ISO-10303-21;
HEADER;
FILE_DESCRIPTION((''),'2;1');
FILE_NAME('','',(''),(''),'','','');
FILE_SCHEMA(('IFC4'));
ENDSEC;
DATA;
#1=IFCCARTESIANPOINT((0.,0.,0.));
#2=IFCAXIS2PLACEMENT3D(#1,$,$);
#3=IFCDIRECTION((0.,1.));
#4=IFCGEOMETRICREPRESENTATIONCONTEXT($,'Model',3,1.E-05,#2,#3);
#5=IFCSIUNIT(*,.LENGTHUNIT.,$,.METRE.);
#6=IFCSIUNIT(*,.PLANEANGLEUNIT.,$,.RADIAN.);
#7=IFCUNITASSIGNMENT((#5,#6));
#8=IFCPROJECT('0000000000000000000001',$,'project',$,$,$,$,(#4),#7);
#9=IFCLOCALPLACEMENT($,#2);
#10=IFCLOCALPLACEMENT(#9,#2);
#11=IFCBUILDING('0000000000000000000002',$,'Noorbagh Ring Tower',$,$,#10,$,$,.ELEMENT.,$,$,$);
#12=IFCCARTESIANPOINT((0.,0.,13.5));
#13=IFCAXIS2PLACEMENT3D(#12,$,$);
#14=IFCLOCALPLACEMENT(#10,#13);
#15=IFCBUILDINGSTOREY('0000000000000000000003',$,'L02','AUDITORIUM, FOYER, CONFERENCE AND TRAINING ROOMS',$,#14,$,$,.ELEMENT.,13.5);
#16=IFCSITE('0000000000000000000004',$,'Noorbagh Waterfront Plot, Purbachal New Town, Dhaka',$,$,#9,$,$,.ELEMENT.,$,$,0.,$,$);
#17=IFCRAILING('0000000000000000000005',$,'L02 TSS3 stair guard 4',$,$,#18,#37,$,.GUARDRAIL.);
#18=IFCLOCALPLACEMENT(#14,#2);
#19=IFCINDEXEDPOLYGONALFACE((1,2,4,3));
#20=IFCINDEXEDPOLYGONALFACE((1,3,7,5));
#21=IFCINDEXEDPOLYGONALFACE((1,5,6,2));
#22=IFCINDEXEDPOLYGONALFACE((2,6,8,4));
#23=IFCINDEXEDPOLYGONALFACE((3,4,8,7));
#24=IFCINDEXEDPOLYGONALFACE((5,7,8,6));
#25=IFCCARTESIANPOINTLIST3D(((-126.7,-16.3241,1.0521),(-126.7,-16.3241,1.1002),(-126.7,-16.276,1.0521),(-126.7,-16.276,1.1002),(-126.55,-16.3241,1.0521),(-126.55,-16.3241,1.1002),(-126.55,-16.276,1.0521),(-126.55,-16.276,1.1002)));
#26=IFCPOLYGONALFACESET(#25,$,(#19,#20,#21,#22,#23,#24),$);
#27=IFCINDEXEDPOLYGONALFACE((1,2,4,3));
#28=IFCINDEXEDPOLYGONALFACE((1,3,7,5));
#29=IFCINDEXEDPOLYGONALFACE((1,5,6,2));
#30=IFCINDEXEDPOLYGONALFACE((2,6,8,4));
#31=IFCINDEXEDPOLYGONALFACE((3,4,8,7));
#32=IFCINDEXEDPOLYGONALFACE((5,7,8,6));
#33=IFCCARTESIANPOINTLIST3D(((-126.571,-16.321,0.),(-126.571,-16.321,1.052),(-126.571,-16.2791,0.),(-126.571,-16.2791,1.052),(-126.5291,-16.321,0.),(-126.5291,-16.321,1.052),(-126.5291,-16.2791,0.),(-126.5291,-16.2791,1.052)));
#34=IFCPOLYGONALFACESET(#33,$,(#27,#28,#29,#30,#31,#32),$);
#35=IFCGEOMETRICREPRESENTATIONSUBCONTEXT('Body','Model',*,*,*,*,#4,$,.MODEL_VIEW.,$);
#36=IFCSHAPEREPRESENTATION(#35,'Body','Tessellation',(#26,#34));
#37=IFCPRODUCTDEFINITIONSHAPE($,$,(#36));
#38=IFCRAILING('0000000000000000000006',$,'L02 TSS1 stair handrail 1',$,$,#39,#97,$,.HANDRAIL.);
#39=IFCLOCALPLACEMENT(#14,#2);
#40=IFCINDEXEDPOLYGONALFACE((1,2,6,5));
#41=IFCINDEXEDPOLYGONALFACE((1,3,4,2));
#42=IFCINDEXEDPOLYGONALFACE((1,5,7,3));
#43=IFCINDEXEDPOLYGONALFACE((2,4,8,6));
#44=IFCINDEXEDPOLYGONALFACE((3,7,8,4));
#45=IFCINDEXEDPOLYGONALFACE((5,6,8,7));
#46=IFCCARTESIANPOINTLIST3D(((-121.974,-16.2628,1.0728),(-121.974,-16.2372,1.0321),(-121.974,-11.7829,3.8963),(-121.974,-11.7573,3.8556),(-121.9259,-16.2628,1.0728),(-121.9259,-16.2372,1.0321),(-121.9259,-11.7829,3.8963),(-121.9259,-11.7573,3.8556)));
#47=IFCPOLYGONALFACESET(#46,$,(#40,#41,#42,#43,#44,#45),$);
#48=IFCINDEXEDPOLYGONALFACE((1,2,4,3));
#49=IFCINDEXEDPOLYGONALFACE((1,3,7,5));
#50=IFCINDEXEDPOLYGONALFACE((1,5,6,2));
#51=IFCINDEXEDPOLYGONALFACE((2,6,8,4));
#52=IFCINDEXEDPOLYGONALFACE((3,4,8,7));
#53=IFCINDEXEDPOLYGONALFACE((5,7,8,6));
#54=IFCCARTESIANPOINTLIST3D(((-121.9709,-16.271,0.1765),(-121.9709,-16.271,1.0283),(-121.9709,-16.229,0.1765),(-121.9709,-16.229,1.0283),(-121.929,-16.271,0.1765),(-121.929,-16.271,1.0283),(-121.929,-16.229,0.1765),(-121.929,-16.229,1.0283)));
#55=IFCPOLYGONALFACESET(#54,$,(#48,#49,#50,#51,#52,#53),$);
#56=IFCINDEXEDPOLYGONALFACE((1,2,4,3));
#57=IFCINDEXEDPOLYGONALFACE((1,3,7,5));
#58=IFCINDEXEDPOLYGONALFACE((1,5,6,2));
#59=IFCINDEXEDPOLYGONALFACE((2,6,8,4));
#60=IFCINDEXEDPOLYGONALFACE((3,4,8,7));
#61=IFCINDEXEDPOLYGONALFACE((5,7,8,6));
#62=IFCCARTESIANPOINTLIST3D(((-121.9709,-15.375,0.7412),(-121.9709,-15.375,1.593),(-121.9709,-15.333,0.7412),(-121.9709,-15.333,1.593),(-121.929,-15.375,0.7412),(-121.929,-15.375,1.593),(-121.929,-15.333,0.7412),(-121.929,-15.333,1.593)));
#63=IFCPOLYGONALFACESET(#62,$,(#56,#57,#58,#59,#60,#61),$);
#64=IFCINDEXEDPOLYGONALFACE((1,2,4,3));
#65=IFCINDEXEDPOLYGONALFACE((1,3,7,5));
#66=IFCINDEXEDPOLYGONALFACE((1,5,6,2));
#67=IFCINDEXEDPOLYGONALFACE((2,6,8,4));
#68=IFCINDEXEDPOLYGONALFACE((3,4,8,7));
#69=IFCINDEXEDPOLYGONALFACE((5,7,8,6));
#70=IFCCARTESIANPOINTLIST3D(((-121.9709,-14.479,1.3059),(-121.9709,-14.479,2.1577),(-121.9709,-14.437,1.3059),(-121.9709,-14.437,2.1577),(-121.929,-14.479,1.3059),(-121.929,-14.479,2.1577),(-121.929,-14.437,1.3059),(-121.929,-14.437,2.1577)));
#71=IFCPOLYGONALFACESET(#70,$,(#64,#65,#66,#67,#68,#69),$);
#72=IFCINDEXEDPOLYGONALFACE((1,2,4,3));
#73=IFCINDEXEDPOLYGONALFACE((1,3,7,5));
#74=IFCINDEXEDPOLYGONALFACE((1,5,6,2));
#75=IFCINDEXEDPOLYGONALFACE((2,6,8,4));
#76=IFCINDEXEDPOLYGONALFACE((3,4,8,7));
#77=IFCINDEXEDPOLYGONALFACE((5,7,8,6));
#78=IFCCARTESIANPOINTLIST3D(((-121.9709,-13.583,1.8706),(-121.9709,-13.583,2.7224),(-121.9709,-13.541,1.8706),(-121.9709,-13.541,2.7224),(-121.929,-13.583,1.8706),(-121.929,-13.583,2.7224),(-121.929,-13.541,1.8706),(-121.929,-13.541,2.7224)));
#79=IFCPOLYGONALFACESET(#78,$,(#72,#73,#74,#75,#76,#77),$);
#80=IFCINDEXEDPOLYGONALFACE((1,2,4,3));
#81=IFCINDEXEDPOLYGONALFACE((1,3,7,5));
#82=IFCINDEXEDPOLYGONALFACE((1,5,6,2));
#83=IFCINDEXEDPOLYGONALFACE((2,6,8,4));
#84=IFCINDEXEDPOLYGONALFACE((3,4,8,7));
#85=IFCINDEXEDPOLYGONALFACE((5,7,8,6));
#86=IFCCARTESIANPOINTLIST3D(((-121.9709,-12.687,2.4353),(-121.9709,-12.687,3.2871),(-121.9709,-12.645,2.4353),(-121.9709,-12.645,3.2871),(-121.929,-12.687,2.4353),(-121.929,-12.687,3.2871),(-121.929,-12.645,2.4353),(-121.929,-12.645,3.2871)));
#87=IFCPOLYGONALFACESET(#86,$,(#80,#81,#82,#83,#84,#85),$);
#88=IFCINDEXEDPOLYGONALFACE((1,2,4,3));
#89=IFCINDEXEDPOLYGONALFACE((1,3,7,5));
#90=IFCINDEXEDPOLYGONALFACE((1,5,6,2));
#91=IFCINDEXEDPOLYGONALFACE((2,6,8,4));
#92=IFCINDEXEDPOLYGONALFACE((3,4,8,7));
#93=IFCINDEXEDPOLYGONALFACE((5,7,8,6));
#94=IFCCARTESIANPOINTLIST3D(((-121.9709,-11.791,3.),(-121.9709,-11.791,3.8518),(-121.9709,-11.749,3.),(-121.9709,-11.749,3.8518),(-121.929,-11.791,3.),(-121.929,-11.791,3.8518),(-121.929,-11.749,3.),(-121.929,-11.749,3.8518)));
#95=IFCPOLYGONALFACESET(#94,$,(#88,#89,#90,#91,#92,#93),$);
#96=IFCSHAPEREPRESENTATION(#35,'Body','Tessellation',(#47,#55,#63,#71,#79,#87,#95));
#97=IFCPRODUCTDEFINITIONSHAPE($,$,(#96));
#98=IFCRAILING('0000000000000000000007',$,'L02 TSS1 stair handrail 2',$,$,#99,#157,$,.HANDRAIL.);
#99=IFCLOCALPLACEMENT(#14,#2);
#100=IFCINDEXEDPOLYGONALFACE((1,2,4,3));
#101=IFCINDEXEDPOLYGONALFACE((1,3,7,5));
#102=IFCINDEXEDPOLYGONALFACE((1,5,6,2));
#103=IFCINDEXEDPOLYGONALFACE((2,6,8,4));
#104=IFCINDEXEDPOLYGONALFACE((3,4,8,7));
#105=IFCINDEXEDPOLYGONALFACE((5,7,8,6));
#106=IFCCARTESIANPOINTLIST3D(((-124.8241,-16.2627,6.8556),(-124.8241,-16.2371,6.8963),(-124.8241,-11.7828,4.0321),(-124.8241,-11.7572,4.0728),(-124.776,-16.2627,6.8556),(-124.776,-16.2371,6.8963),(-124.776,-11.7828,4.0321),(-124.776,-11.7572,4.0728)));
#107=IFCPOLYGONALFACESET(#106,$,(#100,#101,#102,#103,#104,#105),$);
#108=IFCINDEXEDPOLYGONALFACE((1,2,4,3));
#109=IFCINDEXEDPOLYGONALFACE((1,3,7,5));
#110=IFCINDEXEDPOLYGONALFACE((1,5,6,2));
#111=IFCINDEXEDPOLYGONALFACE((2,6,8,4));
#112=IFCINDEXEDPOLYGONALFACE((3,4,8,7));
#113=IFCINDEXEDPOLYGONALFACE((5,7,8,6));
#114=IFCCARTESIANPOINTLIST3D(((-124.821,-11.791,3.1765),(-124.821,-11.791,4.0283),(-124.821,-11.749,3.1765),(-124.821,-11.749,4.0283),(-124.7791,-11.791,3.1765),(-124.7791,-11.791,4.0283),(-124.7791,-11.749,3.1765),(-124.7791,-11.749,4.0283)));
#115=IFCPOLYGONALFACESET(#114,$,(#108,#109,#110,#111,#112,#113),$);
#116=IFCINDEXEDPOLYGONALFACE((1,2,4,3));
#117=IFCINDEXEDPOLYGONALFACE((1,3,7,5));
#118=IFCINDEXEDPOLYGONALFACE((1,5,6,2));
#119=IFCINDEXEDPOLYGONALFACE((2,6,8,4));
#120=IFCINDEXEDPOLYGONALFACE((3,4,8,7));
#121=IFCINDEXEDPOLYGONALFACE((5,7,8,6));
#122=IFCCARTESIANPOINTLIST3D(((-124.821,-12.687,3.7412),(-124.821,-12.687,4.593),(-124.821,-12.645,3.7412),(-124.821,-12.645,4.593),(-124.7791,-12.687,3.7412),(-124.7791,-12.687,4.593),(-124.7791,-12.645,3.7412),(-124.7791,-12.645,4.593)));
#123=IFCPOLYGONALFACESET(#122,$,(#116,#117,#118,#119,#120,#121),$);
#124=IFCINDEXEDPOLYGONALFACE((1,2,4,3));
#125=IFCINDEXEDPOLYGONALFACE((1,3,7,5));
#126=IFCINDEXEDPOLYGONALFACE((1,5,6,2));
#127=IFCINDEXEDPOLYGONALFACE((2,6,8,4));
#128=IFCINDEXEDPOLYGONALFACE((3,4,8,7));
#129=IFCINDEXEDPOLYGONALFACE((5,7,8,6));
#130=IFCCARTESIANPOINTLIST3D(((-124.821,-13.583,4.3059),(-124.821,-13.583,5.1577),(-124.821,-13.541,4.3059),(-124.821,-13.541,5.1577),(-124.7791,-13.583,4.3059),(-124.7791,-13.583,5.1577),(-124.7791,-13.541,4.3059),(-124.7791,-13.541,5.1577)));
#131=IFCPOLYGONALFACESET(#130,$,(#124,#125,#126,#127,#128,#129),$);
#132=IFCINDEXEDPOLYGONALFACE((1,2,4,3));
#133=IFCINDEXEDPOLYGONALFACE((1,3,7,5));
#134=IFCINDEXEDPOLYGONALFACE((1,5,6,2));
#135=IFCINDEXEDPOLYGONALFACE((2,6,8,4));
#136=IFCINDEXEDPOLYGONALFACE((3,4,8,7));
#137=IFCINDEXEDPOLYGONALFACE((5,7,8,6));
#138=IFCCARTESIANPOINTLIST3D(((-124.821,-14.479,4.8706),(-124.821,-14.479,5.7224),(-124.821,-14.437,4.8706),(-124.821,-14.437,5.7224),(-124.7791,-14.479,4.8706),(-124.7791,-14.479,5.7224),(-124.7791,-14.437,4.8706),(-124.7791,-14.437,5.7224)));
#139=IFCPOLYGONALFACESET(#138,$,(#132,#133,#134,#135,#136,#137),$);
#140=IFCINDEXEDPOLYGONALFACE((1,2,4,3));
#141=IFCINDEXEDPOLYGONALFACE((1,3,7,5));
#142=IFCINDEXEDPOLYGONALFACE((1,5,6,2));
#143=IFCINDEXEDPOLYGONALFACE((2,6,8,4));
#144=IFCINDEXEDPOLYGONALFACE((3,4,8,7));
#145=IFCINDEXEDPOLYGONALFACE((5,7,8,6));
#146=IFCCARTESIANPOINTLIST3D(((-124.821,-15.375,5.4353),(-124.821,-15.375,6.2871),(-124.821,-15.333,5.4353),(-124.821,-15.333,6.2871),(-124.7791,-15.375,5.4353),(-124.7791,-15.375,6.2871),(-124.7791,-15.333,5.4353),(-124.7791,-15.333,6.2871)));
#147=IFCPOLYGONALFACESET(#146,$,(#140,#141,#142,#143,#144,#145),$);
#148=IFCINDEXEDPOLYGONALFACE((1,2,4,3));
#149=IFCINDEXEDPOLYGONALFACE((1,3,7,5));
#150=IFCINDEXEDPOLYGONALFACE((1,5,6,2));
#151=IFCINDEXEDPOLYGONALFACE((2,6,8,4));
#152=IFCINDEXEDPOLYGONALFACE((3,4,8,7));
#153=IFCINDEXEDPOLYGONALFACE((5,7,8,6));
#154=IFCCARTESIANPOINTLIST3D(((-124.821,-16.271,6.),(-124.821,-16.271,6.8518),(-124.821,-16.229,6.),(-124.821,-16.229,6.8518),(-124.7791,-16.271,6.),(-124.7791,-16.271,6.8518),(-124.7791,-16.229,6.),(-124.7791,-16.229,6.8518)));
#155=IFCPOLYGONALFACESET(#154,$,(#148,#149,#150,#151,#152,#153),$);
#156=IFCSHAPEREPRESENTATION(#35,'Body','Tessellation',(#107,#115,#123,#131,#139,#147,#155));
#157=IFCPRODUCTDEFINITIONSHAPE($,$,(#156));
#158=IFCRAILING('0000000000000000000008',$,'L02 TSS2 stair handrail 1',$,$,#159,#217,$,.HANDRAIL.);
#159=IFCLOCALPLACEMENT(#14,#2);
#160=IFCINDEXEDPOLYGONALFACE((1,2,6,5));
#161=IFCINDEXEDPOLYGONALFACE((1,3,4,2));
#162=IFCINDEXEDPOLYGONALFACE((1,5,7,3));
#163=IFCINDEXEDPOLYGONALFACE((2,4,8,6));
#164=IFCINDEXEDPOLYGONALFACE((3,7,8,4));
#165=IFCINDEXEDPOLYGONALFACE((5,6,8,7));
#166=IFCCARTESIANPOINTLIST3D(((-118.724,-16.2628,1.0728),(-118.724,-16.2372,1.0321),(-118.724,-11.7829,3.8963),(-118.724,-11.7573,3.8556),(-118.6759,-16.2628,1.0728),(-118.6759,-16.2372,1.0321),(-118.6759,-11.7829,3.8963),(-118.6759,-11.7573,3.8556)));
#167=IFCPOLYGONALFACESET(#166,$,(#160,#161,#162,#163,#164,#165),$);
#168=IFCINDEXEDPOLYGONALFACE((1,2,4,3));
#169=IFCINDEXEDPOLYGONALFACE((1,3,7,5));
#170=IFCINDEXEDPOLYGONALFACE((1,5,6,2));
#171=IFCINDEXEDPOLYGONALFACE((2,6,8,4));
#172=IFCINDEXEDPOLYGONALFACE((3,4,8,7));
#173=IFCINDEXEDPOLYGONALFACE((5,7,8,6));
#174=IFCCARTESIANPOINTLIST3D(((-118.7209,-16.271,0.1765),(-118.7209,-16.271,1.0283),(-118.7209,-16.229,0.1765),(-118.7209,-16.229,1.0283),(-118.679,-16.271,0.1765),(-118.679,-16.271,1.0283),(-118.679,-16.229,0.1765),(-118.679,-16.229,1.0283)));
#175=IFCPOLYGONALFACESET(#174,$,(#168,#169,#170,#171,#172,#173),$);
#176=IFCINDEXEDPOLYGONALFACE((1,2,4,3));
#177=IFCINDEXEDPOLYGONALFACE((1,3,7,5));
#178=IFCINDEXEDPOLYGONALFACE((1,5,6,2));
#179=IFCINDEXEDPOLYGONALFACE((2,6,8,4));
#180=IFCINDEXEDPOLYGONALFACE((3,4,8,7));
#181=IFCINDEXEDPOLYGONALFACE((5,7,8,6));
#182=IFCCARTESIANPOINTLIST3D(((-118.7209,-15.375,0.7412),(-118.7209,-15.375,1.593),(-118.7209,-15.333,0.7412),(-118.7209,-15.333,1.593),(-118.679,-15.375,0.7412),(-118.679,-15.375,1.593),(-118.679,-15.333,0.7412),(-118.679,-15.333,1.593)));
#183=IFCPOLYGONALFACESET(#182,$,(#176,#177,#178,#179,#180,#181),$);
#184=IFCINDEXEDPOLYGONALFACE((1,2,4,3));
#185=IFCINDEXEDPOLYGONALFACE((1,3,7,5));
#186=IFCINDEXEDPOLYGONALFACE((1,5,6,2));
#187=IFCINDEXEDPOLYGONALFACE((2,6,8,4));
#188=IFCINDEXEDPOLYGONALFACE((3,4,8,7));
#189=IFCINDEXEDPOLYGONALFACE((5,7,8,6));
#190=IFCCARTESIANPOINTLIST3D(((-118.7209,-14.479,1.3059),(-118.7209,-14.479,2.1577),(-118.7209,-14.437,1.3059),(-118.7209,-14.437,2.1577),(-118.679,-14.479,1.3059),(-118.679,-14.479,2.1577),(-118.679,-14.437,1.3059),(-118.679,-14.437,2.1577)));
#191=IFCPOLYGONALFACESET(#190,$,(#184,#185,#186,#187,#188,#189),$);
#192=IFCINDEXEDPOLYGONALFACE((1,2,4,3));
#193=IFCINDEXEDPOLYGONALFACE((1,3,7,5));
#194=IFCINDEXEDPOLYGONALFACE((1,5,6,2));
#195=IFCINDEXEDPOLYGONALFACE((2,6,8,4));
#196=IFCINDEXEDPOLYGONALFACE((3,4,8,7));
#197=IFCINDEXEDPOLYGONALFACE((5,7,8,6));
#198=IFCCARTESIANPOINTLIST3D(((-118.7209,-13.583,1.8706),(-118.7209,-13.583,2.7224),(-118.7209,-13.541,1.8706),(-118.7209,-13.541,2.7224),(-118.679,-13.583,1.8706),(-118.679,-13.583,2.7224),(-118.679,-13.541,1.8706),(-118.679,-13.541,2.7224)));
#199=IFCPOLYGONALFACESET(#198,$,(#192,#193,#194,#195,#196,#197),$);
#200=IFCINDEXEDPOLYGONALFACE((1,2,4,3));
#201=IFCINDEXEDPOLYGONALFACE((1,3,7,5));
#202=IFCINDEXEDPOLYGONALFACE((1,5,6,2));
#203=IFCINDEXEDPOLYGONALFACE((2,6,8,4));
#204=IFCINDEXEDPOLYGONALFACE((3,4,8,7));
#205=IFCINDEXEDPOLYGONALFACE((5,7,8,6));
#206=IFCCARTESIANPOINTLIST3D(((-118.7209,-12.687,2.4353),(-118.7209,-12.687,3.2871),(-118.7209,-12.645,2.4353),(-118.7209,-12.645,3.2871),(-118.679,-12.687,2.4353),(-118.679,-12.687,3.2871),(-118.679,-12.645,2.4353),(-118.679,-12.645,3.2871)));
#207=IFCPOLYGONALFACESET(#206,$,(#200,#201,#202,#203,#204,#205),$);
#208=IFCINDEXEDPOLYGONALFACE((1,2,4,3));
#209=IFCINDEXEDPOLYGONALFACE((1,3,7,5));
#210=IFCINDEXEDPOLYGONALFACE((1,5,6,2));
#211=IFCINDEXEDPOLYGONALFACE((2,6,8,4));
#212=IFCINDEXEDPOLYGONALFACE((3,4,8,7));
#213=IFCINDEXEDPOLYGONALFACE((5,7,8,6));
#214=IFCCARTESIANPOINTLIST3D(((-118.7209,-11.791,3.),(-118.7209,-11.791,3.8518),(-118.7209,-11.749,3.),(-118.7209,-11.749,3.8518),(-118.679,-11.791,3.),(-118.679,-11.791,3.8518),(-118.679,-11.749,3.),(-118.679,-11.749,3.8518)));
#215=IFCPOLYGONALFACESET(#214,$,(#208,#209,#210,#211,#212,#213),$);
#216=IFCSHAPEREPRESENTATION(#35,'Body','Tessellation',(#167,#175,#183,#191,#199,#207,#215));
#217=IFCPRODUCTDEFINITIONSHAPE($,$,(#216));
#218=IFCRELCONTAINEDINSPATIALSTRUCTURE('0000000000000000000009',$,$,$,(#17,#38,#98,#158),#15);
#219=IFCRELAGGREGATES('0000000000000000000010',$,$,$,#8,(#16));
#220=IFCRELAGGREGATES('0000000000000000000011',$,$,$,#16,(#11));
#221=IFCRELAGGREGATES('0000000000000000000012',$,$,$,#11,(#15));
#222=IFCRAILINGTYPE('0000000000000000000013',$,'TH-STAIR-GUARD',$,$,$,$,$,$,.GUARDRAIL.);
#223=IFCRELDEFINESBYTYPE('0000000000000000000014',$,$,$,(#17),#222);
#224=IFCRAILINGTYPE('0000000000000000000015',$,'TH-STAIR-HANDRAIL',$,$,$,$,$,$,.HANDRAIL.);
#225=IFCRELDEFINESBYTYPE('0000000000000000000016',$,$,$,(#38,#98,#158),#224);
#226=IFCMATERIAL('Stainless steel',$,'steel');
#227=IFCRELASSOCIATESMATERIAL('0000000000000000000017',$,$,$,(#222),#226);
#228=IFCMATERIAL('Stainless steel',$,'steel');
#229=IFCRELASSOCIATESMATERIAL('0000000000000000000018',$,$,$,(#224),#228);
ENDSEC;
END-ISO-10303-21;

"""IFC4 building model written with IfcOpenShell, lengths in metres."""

from ifc_helpers import new_model, si_unit, direction, frame, origin, origin_2d, place, context, subcontext, project, spatial, rectangle, extrude, material, type_object, element, save


model = new_model("IFC4")

# Units and contexts
model_context = context("Model", 3, precision=1e-05, world=origin(), true_north=direction((0.0, 1.0)))
body_context = subcontext(model_context, "Body", "Model", "MODEL_VIEW")
ifc_project = project(units=[si_unit("LENGTHUNIT", "METRE"), si_unit("PLANEANGLEUNIT", "RADIAN")], contexts=[model_context])

# Site, building, storey
site_placement = place(None, origin())
site = spatial("IfcSite", under=ifc_project, at=site_placement, Name="Noorbagh Waterfront Plot, Purbachal New Town, Dhaka", CompositionType="ELEMENT", RefElevation=0.0)
building_placement = place(site_placement, origin())
building = spatial("IfcBuilding", under=site, at=building_placement, Name="Noorbagh Ring Tower", CompositionType="ELEMENT")
storey_placement = place(building_placement, frame((0.0, 0.0, 13.5)))
storey = spatial("IfcBuildingStorey", under=building, at=storey_placement, Name="L02", Description="AUDITORIUM, FOYER, CONFERENCE AND TRAINING ROOMS", CompositionType="ELEMENT", Elevation=13.5)

# Railings
ifc_material_1 = material(Name="Stainless steel", Category="steel")
railing_type_1 = type_object("IfcRailingType", Name="TH-STAIR-GUARD", PredefinedType="GUARDRAIL", material=ifc_material_1)
railing_1_placement = place(storey_placement, frame((-126.55, -16.3, 0.0)))
element("IfcRailing", 1, at=railing_1_placement, inside=storey, type_object=railing_type_1, Name="L02 TSS3 stair guard 4", PredefinedType="GUARDRAIL", context=body_context, shape_type="SweptSolid", body=[
    extrude(rectangle(XDim=0.0481, YDim=0.0481, at=origin_2d()), frame((0.0, 0.0, 1.0762), z_axis=(-1.0, 0.0, 0.0), x_axis=(0.0, -1.0, 0.0)), (0.0, 0.0, 1.0), 0.1499),
    extrude(rectangle(XDim=0.042, YDim=0.042, at=origin_2d()), origin(), (0.0, 0.0, 1.0), 1.052),
])
ifc_material_2 = material(Name="Stainless steel", Category="steel")
railing_type_2 = type_object("IfcRailingType", Name="TH-STAIR-HANDRAIL", PredefinedType="HANDRAIL", material=ifc_material_2)
railing_2_placement = place(storey_placement, frame((-121.95, -16.25, 0.1765)))
element("IfcRailing", 2, at=railing_2_placement, inside=storey, type_object=railing_type_2, Name="L02 TSS1 stair handrail 1", PredefinedType="HANDRAIL", context=body_context, shape_type="SweptSolid", body=[
    extrude(rectangle(XDim=0.0481, YDim=0.0481, at=origin_2d()), frame((0.0, 0.0, 0.876), z_axis=(0.0, 0.845998, 0.533186), x_axis=(-1.0, 0.0, 0.0)), (0.0, 0.0, 1.0), 5.2954),
    extrude(rectangle(XDim=0.042, YDim=0.042, at=origin_2d()), origin(), (0.0, 0.0, 1.0), 0.8518),
    extrude(rectangle(XDim=0.042, YDim=0.042, at=origin_2d()), frame((0.0, 0.896, 0.5647)), (0.0, 0.0, 1.0), 0.8518),
    extrude(rectangle(XDim=0.042, YDim=0.042, at=origin_2d()), frame((0.0, 1.792, 1.1294)), (0.0, 0.0, 1.0), 0.8518),
    extrude(rectangle(XDim=0.042, YDim=0.042, at=origin_2d()), frame((0.0, 2.688, 1.6941)), (0.0, 0.0, 1.0), 0.8518),
    extrude(rectangle(XDim=0.042, YDim=0.042, at=origin_2d()), frame((0.0, 3.584, 2.2588)), (0.0, 0.0, 1.0), 0.8518),
    extrude(rectangle(XDim=0.042, YDim=0.042, at=origin_2d()), frame((0.0, 4.48, 2.8235)), (0.0, 0.0, 1.0), 0.8518),
])
railing_3_placement = place(storey_placement, frame((-124.8, -11.77, 3.1765)))
element("IfcRailing", 3, at=railing_3_placement, inside=storey, type_object=railing_type_2, Name="L02 TSS1 stair handrail 2", PredefinedType="HANDRAIL", context=body_context, shape_type="SweptSolid", body=[
    extrude(rectangle(XDim=0.0481, YDim=0.0481, at=origin_2d()), frame((0.0, 0.0, 0.876), z_axis=(0.0, -0.845998, 0.533186), x_axis=(1.0, 0.0, 0.0)), (0.0, 0.0, 1.0), 5.2954),
    extrude(rectangle(XDim=0.042, YDim=0.042, at=origin_2d()), origin(), (0.0, 0.0, 1.0), 0.8518),
    extrude(rectangle(XDim=0.042, YDim=0.042, at=origin_2d()), frame((0.0, -0.896, 0.5647)), (0.0, 0.0, 1.0), 0.8518),
    extrude(rectangle(XDim=0.042, YDim=0.042, at=origin_2d()), frame((0.0, -1.792, 1.1294)), (0.0, 0.0, 1.0), 0.8518),
    extrude(rectangle(XDim=0.042, YDim=0.042, at=origin_2d()), frame((0.0, -2.688, 1.6941)), (0.0, 0.0, 1.0), 0.8518),
    extrude(rectangle(XDim=0.042, YDim=0.042, at=origin_2d()), frame((0.0, -3.584, 2.2588)), (0.0, 0.0, 1.0), 0.8518),
    extrude(rectangle(XDim=0.042, YDim=0.042, at=origin_2d()), frame((0.0, -4.48, 2.8235)), (0.0, 0.0, 1.0), 0.8518),
])
railing_4_placement = place(storey_placement, frame((-118.7, -16.25, 0.1765)))
element("IfcRailing", 4, at=railing_4_placement, inside=storey, type_object=railing_type_2, Name="L02 TSS2 stair handrail 1", PredefinedType="HANDRAIL", context=body_context, shape_type="SweptSolid", body=[
    extrude(rectangle(XDim=0.0481, YDim=0.0481, at=origin_2d()), frame((0.0, 0.0, 0.876), z_axis=(0.0, 0.845998, 0.533186), x_axis=(-1.0, 0.0, 0.0)), (0.0, 0.0, 1.0), 5.2954),
    extrude(rectangle(XDim=0.042, YDim=0.042, at=origin_2d()), origin(), (0.0, 0.0, 1.0), 0.8518),
    extrude(rectangle(XDim=0.042, YDim=0.042, at=origin_2d()), frame((0.0, 0.896, 0.5647)), (0.0, 0.0, 1.0), 0.8518),
    extrude(rectangle(XDim=0.042, YDim=0.042, at=origin_2d()), frame((0.0, 1.792, 1.1294)), (0.0, 0.0, 1.0), 0.8518),
    extrude(rectangle(XDim=0.042, YDim=0.042, at=origin_2d()), frame((0.0, 2.688, 1.6941)), (0.0, 0.0, 1.0), 0.8518),
    extrude(rectangle(XDim=0.042, YDim=0.042, at=origin_2d()), frame((0.0, 3.584, 2.2588)), (0.0, 0.0, 1.0), 0.8518),
    extrude(rectangle(XDim=0.042, YDim=0.042, at=origin_2d()), frame((0.0, 4.48, 2.8235)), (0.0, 0.0, 1.0), 0.8518),
])

save(model, "model.ifc")
